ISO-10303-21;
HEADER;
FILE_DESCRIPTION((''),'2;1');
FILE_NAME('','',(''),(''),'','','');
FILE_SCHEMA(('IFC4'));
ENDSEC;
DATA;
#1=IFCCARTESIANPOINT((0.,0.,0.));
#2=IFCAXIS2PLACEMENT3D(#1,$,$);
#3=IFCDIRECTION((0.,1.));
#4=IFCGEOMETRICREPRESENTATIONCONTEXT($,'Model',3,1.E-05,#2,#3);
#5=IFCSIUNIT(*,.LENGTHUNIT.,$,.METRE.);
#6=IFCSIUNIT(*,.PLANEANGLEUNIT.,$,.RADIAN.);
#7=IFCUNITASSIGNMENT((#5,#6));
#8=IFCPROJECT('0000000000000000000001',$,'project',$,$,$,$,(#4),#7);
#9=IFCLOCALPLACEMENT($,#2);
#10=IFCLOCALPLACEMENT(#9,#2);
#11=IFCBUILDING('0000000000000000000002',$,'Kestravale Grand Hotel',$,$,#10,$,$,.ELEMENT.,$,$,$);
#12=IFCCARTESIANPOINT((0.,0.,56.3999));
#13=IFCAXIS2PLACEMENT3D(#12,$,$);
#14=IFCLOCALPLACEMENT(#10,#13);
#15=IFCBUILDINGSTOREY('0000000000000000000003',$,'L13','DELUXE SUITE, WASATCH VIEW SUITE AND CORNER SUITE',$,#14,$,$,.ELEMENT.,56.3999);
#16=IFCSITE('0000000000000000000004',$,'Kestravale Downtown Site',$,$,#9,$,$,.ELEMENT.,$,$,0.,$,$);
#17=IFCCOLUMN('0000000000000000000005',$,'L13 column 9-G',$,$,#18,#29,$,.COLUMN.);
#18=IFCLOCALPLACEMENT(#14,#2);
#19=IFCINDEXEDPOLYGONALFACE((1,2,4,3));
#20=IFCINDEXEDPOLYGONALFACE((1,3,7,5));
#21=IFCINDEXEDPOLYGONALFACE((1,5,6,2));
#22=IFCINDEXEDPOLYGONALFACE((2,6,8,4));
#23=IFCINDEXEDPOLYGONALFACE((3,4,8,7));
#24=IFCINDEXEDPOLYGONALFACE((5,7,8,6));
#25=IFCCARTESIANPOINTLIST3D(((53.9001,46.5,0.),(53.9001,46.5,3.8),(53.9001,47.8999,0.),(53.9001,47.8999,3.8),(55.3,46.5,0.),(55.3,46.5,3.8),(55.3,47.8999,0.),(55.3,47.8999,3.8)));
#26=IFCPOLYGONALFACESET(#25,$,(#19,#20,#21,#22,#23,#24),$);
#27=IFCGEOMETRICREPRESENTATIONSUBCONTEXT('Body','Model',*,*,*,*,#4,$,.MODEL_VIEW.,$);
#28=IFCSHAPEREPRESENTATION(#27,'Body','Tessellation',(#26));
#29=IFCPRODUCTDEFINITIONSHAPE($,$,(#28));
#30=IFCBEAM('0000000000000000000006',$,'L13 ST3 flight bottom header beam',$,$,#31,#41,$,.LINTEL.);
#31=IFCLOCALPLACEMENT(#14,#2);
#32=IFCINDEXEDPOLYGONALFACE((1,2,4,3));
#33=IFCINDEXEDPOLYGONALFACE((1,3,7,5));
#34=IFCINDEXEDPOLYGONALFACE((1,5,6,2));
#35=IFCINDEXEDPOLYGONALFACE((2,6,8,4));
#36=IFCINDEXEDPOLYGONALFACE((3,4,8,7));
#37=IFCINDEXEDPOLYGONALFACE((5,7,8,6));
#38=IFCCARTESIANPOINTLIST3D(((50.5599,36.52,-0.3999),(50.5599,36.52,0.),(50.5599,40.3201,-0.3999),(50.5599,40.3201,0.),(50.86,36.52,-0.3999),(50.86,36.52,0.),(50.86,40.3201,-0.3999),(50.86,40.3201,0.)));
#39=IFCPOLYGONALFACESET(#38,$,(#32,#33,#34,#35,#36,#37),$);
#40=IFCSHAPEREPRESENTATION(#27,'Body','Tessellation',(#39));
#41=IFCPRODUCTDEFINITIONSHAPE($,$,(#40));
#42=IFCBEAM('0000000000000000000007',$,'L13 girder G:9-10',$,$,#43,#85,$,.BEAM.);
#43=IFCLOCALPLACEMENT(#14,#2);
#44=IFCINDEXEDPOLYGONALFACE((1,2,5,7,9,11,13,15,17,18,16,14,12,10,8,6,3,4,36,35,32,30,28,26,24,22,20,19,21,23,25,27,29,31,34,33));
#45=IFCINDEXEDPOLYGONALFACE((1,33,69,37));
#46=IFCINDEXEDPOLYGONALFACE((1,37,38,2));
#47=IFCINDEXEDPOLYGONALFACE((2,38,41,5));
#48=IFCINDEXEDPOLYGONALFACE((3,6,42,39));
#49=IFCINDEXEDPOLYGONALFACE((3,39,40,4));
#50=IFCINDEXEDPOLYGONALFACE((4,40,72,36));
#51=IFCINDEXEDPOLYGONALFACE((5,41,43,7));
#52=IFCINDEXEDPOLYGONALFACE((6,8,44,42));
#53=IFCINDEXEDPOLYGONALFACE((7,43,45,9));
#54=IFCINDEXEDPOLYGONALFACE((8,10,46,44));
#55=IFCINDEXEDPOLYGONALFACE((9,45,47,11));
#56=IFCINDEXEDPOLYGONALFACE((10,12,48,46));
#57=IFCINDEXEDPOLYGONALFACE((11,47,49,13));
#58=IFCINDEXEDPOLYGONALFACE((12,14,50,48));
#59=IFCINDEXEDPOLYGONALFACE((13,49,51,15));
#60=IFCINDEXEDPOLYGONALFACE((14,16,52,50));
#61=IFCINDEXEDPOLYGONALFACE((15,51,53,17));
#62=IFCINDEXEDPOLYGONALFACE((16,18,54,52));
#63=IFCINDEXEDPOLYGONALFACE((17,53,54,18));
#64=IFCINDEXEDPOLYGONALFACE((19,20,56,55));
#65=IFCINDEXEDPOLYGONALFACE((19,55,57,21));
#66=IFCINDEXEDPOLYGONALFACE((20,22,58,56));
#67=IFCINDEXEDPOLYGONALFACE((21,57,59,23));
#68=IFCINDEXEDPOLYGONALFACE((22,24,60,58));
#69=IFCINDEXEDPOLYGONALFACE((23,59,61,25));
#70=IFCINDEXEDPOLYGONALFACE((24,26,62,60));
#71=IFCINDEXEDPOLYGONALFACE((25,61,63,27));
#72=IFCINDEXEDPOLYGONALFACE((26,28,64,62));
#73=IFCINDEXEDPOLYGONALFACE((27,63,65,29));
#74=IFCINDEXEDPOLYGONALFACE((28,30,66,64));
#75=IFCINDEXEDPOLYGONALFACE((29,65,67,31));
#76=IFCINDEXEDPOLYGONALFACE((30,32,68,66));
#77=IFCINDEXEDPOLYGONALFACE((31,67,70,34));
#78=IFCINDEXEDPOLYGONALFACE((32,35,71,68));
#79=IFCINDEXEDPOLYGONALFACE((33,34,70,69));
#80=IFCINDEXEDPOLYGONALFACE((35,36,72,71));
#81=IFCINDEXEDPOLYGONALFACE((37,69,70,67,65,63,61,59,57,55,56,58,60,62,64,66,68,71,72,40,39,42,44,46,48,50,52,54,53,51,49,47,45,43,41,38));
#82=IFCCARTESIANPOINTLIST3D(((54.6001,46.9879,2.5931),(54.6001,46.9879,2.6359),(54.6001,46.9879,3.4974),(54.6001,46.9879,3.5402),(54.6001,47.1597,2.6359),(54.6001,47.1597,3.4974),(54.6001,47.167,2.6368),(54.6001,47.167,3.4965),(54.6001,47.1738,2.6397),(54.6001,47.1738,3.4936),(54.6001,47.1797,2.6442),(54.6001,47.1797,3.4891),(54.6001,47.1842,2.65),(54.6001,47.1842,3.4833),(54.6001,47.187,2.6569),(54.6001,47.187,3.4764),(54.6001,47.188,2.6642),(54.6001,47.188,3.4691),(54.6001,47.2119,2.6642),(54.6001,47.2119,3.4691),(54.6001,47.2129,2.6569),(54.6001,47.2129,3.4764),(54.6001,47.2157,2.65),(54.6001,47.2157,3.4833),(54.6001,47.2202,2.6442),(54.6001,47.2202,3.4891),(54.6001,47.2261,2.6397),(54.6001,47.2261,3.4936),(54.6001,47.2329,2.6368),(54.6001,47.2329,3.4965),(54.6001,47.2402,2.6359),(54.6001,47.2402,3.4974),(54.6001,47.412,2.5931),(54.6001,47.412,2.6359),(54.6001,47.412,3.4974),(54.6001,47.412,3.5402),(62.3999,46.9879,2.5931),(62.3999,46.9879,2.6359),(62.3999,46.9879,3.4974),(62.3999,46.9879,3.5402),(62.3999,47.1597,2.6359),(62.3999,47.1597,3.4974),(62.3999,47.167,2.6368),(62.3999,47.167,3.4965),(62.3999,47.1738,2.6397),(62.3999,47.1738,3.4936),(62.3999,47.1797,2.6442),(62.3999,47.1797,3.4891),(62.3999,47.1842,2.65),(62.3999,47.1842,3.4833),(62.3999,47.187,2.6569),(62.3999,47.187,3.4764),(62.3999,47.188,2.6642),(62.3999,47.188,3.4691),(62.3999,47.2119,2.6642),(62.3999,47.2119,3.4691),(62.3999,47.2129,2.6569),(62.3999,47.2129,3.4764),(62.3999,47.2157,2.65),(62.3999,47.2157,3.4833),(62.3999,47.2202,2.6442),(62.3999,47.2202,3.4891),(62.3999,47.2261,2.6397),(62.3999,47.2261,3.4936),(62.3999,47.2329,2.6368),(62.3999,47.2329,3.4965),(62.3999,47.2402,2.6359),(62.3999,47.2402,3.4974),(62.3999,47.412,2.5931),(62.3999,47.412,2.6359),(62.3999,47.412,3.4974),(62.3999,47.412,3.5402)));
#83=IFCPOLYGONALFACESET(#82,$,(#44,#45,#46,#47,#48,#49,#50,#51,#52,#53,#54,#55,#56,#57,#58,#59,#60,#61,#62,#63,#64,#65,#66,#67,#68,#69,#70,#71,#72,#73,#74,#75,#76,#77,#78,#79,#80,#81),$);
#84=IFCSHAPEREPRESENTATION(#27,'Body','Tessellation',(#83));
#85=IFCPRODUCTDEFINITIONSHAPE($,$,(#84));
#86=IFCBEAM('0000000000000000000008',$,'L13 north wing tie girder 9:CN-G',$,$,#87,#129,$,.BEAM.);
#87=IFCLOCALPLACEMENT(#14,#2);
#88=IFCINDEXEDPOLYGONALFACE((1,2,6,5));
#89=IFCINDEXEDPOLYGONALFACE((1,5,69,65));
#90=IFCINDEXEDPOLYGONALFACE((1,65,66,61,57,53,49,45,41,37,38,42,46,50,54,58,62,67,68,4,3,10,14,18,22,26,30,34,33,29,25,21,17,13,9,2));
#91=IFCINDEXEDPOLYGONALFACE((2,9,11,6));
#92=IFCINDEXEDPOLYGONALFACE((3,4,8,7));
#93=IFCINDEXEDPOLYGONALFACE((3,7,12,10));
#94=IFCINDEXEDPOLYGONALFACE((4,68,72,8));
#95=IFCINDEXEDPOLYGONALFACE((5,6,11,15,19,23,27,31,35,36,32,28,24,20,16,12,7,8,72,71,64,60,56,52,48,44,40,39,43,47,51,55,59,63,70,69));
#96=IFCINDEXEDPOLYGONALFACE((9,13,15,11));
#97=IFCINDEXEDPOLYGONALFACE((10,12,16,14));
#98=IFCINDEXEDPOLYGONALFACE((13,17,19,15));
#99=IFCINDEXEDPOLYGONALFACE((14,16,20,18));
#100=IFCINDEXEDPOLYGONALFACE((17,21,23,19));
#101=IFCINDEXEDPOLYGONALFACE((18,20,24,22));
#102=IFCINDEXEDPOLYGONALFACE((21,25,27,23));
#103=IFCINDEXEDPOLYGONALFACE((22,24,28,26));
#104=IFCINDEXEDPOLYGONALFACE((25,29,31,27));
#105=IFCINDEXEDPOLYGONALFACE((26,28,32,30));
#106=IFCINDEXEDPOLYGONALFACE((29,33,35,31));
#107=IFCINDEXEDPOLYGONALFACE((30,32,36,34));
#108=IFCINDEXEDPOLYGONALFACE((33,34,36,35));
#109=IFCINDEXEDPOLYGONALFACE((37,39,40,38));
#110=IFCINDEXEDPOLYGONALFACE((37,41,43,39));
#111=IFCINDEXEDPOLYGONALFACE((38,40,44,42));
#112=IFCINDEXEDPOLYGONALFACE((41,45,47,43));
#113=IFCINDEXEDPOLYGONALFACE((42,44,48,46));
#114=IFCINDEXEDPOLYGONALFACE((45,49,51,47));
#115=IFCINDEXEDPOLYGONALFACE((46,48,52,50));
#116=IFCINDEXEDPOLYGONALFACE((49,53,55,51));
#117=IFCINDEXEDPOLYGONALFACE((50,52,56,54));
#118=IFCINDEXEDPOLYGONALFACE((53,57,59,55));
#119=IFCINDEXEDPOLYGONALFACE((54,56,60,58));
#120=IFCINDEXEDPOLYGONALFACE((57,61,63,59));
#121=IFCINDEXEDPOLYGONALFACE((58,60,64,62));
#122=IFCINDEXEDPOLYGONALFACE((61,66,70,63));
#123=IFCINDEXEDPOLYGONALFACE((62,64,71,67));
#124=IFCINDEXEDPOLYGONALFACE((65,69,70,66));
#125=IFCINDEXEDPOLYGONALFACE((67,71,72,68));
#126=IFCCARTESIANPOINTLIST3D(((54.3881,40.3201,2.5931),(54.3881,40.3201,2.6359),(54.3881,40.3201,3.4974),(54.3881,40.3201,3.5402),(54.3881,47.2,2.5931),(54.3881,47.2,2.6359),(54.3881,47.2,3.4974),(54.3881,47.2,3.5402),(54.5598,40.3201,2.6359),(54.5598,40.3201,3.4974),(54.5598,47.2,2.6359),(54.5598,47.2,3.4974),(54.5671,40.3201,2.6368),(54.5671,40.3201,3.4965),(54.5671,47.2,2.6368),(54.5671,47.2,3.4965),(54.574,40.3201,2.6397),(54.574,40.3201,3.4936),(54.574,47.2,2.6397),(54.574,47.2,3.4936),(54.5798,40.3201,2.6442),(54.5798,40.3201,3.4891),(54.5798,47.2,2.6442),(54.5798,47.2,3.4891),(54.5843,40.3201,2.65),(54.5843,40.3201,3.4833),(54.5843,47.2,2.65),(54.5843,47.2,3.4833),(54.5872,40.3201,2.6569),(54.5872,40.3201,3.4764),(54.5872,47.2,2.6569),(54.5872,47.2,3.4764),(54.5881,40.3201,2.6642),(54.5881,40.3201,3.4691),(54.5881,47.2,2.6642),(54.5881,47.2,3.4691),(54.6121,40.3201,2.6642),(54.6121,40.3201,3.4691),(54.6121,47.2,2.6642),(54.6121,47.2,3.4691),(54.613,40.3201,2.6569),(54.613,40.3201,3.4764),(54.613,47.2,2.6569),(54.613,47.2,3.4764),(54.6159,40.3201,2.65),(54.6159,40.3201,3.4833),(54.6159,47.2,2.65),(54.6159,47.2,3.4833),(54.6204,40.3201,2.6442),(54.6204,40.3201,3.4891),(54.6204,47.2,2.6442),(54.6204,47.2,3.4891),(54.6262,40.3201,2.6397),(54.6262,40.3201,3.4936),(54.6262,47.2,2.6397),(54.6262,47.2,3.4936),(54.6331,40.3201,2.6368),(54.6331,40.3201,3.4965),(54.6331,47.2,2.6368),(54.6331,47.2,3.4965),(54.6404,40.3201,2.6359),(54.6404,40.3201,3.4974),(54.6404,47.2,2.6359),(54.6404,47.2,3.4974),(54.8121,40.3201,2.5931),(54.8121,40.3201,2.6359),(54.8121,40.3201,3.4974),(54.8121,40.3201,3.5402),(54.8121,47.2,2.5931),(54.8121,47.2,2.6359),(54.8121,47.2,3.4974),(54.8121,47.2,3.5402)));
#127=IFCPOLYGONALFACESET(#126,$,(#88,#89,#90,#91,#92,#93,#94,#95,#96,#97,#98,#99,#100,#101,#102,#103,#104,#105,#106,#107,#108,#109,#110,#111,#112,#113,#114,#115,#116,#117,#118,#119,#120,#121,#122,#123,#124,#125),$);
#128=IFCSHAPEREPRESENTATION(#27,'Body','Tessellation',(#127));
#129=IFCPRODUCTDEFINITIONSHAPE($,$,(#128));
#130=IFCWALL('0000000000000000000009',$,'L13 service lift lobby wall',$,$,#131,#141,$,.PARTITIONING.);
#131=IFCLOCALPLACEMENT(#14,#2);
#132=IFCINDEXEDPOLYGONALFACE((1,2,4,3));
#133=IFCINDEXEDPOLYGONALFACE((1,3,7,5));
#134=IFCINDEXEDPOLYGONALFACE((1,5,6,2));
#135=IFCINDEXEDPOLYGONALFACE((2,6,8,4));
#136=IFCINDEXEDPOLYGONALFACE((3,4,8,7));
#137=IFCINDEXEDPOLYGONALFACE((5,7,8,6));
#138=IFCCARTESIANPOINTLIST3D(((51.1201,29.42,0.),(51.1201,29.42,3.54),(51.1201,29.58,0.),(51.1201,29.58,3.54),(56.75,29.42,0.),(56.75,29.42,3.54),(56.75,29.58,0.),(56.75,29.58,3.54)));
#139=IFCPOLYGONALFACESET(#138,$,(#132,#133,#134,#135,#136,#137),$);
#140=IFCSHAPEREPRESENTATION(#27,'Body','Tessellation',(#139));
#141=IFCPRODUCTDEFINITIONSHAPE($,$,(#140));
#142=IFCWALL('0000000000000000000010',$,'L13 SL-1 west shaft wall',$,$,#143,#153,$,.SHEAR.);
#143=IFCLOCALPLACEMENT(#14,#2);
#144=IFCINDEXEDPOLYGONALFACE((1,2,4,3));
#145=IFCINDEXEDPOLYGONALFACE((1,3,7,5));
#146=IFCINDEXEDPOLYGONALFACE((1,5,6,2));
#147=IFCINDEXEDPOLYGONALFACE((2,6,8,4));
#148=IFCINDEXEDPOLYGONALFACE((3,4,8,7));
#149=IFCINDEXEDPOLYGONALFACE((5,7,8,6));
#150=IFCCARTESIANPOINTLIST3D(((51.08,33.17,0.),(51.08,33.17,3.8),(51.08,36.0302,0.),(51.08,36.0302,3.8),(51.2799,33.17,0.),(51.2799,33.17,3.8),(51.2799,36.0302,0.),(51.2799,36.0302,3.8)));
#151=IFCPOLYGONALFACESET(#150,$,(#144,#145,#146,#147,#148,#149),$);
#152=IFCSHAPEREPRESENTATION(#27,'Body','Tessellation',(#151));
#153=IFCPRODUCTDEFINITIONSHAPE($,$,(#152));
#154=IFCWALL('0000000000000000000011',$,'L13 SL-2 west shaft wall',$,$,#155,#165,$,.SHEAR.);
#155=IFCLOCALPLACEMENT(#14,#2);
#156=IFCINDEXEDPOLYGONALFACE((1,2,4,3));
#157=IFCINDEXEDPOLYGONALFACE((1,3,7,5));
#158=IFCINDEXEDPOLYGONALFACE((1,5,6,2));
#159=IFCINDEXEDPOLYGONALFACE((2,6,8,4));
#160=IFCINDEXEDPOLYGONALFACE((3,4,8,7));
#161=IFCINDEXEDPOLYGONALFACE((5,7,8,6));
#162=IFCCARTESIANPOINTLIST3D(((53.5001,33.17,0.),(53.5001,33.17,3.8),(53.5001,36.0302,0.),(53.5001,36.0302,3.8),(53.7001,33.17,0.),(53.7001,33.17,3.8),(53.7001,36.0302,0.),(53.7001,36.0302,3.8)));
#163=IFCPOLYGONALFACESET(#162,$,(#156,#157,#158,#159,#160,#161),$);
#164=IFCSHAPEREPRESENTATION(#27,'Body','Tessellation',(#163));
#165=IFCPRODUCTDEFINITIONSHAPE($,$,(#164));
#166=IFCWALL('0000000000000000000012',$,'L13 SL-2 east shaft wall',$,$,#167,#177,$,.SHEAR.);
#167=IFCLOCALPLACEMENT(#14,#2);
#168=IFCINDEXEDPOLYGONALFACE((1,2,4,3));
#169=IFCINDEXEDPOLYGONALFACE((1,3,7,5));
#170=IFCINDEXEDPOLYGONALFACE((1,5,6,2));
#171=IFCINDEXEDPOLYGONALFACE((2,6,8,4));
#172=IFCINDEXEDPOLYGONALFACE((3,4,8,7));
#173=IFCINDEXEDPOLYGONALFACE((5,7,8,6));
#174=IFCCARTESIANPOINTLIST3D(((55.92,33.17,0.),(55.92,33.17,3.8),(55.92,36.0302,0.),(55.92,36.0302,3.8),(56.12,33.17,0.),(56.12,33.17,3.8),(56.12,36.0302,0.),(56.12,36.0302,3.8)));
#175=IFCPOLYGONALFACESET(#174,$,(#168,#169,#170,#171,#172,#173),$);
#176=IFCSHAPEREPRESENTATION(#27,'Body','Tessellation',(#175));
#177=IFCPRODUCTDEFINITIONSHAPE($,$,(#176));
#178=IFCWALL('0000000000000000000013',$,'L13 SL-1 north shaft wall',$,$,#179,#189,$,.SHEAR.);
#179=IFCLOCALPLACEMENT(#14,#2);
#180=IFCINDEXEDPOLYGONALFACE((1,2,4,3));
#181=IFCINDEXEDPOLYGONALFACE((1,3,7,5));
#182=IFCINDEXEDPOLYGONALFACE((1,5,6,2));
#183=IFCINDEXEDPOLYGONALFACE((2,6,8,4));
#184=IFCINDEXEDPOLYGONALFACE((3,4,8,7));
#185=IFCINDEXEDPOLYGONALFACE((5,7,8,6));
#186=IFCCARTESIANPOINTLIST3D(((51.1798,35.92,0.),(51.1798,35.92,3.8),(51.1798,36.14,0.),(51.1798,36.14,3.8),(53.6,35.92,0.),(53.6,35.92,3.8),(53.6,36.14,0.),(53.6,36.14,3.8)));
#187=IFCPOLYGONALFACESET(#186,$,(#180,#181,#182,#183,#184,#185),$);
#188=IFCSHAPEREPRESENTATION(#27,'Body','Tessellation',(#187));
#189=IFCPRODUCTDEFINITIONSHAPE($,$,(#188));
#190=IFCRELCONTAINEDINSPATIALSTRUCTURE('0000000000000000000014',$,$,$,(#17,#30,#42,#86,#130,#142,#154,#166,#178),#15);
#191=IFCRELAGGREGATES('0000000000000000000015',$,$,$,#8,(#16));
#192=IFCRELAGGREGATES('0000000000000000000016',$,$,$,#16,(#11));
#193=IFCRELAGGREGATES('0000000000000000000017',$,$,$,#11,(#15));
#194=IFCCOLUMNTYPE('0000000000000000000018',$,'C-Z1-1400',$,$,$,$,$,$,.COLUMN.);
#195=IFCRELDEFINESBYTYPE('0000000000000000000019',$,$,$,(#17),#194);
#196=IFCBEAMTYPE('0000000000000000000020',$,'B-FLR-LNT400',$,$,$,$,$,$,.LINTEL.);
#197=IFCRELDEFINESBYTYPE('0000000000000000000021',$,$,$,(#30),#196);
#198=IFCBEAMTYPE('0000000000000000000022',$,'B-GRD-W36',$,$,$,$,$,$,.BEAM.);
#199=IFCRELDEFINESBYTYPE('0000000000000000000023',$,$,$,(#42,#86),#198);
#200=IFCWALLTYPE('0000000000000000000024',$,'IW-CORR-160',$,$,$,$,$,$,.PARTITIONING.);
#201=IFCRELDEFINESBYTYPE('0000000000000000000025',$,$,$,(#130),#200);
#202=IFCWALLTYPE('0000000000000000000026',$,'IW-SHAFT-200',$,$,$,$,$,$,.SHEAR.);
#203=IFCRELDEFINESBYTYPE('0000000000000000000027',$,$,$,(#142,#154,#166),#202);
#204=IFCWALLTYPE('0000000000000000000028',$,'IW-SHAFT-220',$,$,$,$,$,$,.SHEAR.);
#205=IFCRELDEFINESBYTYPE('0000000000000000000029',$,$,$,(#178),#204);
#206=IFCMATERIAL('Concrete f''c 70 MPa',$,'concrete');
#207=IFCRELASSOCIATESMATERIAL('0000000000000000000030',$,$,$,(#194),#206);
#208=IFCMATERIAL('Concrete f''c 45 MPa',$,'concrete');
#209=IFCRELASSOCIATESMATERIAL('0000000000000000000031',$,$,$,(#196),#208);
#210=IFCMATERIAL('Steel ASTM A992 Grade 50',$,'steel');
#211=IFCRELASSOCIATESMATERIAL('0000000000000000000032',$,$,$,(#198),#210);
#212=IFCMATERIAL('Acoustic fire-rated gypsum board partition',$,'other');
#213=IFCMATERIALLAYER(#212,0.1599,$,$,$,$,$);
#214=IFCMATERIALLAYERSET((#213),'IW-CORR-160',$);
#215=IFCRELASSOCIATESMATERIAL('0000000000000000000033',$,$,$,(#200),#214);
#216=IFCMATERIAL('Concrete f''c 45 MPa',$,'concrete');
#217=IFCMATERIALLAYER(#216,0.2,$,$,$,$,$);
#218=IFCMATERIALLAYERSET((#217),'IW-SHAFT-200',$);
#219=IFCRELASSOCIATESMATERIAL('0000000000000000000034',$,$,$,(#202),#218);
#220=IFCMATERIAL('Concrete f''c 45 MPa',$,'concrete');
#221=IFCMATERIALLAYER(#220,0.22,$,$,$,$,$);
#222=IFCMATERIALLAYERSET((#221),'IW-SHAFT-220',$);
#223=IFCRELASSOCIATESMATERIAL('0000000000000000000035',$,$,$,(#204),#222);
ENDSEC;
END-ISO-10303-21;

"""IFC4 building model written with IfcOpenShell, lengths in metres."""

from ifc_helpers import new_model, si_unit, direction, frame, frame_2d, origin, origin_2d, place, context, subcontext, project, spatial, rectangle, i_section, extrude, material, layer, layer_set, material_profile, profile_set, type_object, element, save


model = new_model("IFC4")

# Units and contexts
model_context = context("Model", 3, precision=1e-05, world=origin(), true_north=direction((0.0, 1.0)))
body_context = subcontext(model_context, "Body", "Model", "MODEL_VIEW")
ifc_project = project(units=[si_unit("LENGTHUNIT", "METRE"), si_unit("PLANEANGLEUNIT", "RADIAN")], contexts=[model_context])

# Site, building, storey
site_placement = place(None, origin())
site = spatial("IfcSite", under=ifc_project, at=site_placement, Name="Kestravale Downtown Site", CompositionType="ELEMENT", RefElevation=0.0)
building_placement = place(site_placement, origin())
building = spatial("IfcBuilding", under=site, at=building_placement, Name="Kestravale Grand Hotel", CompositionType="ELEMENT")
storey_placement = place(building_placement, frame((0.0, 0.0, 56.3999)))
storey = spatial("IfcBuildingStorey", under=building, at=storey_placement, Name="L13", Description="DELUXE SUITE, WASATCH VIEW SUITE AND CORNER SUITE", CompositionType="ELEMENT", Elevation=56.3999)

# Column
ifc_material_1 = material(Name="Concrete f'c 70 MPa", Category="concrete")
ifc_material_profile_1 = material_profile(ifc_material_1, rectangle(XDim=1.3999, YDim=1.3999, at=origin_2d()))
ifc_profile_set_1 = profile_set([ifc_material_profile_1], Name="Concrete f'c 70 MPa")
column_type = type_object("IfcColumnType", Name="C-Z1-1400", PredefinedType="COLUMN", material=ifc_profile_set_1)
column_placement = place(storey_placement, frame((54.6001, 47.2, 0.0), z_axis=(0.0, 0.0, 1.0), x_axis=(1.0, 0.0, 0.0)))
element("IfcColumn", 1, at=column_placement, inside=storey, type_object=column_type, Name="L13 column 9-G", PredefinedType="COLUMN", context=body_context, shape_type="SweptSolid", body=[
    extrude(rectangle(XDim=1.3999, YDim=1.3999, at=origin_2d()), origin(), (0.0, 0.0, 1.0), 3.8),
])

# Beams
ifc_material_2 = material(Name="Concrete f'c 45 MPa", Category="concrete")
ifc_material_profile_2 = material_profile(ifc_material_2, rectangle(XDim=0.3, YDim=0.3999, at=origin_2d()))
ifc_profile_set_2 = profile_set([ifc_material_profile_2], Name="Concrete f'c 45 MPa")
beam_type_1 = type_object("IfcBeamType", Name="B-FLR-LNT400", PredefinedType="LINTEL", material=ifc_profile_set_2)
beam_1_placement = place(storey_placement, frame((50.71, 36.52, -0.2), z_axis=(0.0, 1.0, 0.0), x_axis=(-1.0, 0.0, 0.0)))
element("IfcBeam", 2, at=beam_1_placement, inside=storey, type_object=beam_type_1, Name="L13 ST3 flight bottom header beam", PredefinedType="LINTEL", context=body_context, shape_type="SweptSolid", body=[
    extrude(rectangle(XDim=0.3, YDim=0.3999, at=origin_2d()), origin(), (0.0, 0.0, 1.0), 3.8),
])
ifc_material_3 = material(Name="Steel ASTM A992 Grade 50", Category="steel")
ifc_material_profile_3 = material_profile(ifc_material_3, i_section(OverallWidth=0.4241, OverallDepth=0.947, WebThickness=0.0239, FlangeThickness=0.0427, FilletRadius=0.0283, at=origin_2d()))
ifc_profile_set_3 = profile_set([ifc_material_profile_3], Name="Steel ASTM A992 Grade 50")
beam_type_2 = type_object("IfcBeamType", Name="B-GRD-W36", PredefinedType="BEAM", material=ifc_profile_set_3)
beam_2_placement = place(storey_placement, frame((54.6001, 47.2, 3.0667), z_axis=(1.0, 0.0, 0.0), x_axis=(0.0, 1.0, 0.0)))
element("IfcBeam", 3, at=beam_2_placement, inside=storey, type_object=beam_type_2, Name="L13 girder G:9-10", PredefinedType="BEAM", context=body_context, shape_type="SweptSolid", body=[
    extrude(i_section(OverallWidth=0.4241, OverallDepth=0.947, WebThickness=0.0239, FlangeThickness=0.0427, FilletRadius=0.0283, at=origin_2d()), origin(), (0.0, 0.0, 1.0), 7.7998),
])
beam_3_placement = place(storey_placement, frame((54.6001, 40.3201, 3.0667), z_axis=(0.0, 1.0, 0.0), x_axis=(-1.0, 0.0, 0.0)))
element("IfcBeam", 4, at=beam_3_placement, inside=storey, type_object=beam_type_2, Name="L13 north wing tie girder 9:CN-G", PredefinedType="BEAM", context=body_context, shape_type="SweptSolid", body=[
    extrude(i_section(OverallWidth=0.4241, OverallDepth=0.947, WebThickness=0.0239, FlangeThickness=0.0427, FilletRadius=0.0283, at=origin_2d()), origin(), (0.0, 0.0, 1.0), 6.8799),
])

# Shared definitions
ifc_material_4 = material(Name="Acoustic fire-rated gypsum board partition", Category="other")
ifc_layer_1 = layer(ifc_material_4, 0.1599)
ifc_layer_set_1 = layer_set([ifc_layer_1], Name="IW-CORR-160")
wall_type_1 = type_object("IfcWallType", Name="IW-CORR-160", PredefinedType="PARTITIONING", material=ifc_layer_set_1)

# Walls
wall_1_placement = place(storey_placement, frame((51.1201, 29.5, 0.0), z_axis=(0.0, 0.0, 1.0), x_axis=(1.0, 0.0, 0.0)))
element("IfcWall", 5, at=wall_1_placement, inside=storey, type_object=wall_type_1, Name="L13 service lift lobby wall", PredefinedType="PARTITIONING", context=body_context, shape_type="SweptSolid", body=[
    extrude(rectangle(XDim=5.6299, YDim=0.1599, at=frame_2d((2.8149, 0.0))), origin(), (0.0, 0.0, 1.0), 3.54),
])
ifc_material_5 = material(Name="Concrete f'c 45 MPa", Category="concrete")
ifc_layer_2 = layer(ifc_material_5, 0.2)
ifc_layer_set_2 = layer_set([ifc_layer_2], Name="IW-SHAFT-200")
wall_type_2 = type_object("IfcWallType", Name="IW-SHAFT-200", PredefinedType="SHEAR", material=ifc_layer_set_2)
for number, where, z_axis, x_axis, name in (
    (6, (51.1799, 33.1699, 0.0), (0.0, 0.0, 1.0), (0.0, 1.0, 0.0), "L13 SL-1 west shaft wall"),
    (7, (53.6001, 33.1699, 0.0), (0.0, 0.0, 1.0), (0.0, 1.0, 0.0), "L13 SL-2 west shaft wall"),
    (8, (56.02, 33.1699, 0.0), (0.0, 0.0, 1.0), (0.0, 1.0, 0.0), "L13 SL-2 east shaft wall"),
):
    element("IfcWall", number, at=place(storey_placement, frame(where, z_axis=z_axis, x_axis=x_axis)), inside=storey, type_object=wall_type_2, Name=name, PredefinedType="SHEAR", context=body_context, shape_type="SweptSolid", body=[
        extrude(rectangle(XDim=2.8601, YDim=0.2, at=frame_2d((1.4302, 0.0))), origin(), (0.0, 0.0, 1.0), 3.8),
    ])
ifc_material_6 = material(Name="Concrete f'c 45 MPa", Category="concrete")
ifc_layer_3 = layer(ifc_material_6, 0.22)
ifc_layer_set_3 = layer_set([ifc_layer_3], Name="IW-SHAFT-220")
wall_type_3 = type_object("IfcWallType", Name="IW-SHAFT-220", PredefinedType="SHEAR", material=ifc_layer_set_3)
wall_2_placement = place(storey_placement, frame((51.1799, 36.03, 0.0), z_axis=(0.0, 0.0, 1.0), x_axis=(1.0, 0.0, 0.0)))
element("IfcWall", 9, at=wall_2_placement, inside=storey, type_object=wall_type_3, Name="L13 SL-1 north shaft wall", PredefinedType="SHEAR", context=body_context, shape_type="SweptSolid", body=[
    extrude(rectangle(XDim=2.4202, YDim=0.22, at=frame_2d((1.21, 0.0))), origin(), (0.0, 0.0, 1.0), 3.8),
])

save(model, "model.ifc")
